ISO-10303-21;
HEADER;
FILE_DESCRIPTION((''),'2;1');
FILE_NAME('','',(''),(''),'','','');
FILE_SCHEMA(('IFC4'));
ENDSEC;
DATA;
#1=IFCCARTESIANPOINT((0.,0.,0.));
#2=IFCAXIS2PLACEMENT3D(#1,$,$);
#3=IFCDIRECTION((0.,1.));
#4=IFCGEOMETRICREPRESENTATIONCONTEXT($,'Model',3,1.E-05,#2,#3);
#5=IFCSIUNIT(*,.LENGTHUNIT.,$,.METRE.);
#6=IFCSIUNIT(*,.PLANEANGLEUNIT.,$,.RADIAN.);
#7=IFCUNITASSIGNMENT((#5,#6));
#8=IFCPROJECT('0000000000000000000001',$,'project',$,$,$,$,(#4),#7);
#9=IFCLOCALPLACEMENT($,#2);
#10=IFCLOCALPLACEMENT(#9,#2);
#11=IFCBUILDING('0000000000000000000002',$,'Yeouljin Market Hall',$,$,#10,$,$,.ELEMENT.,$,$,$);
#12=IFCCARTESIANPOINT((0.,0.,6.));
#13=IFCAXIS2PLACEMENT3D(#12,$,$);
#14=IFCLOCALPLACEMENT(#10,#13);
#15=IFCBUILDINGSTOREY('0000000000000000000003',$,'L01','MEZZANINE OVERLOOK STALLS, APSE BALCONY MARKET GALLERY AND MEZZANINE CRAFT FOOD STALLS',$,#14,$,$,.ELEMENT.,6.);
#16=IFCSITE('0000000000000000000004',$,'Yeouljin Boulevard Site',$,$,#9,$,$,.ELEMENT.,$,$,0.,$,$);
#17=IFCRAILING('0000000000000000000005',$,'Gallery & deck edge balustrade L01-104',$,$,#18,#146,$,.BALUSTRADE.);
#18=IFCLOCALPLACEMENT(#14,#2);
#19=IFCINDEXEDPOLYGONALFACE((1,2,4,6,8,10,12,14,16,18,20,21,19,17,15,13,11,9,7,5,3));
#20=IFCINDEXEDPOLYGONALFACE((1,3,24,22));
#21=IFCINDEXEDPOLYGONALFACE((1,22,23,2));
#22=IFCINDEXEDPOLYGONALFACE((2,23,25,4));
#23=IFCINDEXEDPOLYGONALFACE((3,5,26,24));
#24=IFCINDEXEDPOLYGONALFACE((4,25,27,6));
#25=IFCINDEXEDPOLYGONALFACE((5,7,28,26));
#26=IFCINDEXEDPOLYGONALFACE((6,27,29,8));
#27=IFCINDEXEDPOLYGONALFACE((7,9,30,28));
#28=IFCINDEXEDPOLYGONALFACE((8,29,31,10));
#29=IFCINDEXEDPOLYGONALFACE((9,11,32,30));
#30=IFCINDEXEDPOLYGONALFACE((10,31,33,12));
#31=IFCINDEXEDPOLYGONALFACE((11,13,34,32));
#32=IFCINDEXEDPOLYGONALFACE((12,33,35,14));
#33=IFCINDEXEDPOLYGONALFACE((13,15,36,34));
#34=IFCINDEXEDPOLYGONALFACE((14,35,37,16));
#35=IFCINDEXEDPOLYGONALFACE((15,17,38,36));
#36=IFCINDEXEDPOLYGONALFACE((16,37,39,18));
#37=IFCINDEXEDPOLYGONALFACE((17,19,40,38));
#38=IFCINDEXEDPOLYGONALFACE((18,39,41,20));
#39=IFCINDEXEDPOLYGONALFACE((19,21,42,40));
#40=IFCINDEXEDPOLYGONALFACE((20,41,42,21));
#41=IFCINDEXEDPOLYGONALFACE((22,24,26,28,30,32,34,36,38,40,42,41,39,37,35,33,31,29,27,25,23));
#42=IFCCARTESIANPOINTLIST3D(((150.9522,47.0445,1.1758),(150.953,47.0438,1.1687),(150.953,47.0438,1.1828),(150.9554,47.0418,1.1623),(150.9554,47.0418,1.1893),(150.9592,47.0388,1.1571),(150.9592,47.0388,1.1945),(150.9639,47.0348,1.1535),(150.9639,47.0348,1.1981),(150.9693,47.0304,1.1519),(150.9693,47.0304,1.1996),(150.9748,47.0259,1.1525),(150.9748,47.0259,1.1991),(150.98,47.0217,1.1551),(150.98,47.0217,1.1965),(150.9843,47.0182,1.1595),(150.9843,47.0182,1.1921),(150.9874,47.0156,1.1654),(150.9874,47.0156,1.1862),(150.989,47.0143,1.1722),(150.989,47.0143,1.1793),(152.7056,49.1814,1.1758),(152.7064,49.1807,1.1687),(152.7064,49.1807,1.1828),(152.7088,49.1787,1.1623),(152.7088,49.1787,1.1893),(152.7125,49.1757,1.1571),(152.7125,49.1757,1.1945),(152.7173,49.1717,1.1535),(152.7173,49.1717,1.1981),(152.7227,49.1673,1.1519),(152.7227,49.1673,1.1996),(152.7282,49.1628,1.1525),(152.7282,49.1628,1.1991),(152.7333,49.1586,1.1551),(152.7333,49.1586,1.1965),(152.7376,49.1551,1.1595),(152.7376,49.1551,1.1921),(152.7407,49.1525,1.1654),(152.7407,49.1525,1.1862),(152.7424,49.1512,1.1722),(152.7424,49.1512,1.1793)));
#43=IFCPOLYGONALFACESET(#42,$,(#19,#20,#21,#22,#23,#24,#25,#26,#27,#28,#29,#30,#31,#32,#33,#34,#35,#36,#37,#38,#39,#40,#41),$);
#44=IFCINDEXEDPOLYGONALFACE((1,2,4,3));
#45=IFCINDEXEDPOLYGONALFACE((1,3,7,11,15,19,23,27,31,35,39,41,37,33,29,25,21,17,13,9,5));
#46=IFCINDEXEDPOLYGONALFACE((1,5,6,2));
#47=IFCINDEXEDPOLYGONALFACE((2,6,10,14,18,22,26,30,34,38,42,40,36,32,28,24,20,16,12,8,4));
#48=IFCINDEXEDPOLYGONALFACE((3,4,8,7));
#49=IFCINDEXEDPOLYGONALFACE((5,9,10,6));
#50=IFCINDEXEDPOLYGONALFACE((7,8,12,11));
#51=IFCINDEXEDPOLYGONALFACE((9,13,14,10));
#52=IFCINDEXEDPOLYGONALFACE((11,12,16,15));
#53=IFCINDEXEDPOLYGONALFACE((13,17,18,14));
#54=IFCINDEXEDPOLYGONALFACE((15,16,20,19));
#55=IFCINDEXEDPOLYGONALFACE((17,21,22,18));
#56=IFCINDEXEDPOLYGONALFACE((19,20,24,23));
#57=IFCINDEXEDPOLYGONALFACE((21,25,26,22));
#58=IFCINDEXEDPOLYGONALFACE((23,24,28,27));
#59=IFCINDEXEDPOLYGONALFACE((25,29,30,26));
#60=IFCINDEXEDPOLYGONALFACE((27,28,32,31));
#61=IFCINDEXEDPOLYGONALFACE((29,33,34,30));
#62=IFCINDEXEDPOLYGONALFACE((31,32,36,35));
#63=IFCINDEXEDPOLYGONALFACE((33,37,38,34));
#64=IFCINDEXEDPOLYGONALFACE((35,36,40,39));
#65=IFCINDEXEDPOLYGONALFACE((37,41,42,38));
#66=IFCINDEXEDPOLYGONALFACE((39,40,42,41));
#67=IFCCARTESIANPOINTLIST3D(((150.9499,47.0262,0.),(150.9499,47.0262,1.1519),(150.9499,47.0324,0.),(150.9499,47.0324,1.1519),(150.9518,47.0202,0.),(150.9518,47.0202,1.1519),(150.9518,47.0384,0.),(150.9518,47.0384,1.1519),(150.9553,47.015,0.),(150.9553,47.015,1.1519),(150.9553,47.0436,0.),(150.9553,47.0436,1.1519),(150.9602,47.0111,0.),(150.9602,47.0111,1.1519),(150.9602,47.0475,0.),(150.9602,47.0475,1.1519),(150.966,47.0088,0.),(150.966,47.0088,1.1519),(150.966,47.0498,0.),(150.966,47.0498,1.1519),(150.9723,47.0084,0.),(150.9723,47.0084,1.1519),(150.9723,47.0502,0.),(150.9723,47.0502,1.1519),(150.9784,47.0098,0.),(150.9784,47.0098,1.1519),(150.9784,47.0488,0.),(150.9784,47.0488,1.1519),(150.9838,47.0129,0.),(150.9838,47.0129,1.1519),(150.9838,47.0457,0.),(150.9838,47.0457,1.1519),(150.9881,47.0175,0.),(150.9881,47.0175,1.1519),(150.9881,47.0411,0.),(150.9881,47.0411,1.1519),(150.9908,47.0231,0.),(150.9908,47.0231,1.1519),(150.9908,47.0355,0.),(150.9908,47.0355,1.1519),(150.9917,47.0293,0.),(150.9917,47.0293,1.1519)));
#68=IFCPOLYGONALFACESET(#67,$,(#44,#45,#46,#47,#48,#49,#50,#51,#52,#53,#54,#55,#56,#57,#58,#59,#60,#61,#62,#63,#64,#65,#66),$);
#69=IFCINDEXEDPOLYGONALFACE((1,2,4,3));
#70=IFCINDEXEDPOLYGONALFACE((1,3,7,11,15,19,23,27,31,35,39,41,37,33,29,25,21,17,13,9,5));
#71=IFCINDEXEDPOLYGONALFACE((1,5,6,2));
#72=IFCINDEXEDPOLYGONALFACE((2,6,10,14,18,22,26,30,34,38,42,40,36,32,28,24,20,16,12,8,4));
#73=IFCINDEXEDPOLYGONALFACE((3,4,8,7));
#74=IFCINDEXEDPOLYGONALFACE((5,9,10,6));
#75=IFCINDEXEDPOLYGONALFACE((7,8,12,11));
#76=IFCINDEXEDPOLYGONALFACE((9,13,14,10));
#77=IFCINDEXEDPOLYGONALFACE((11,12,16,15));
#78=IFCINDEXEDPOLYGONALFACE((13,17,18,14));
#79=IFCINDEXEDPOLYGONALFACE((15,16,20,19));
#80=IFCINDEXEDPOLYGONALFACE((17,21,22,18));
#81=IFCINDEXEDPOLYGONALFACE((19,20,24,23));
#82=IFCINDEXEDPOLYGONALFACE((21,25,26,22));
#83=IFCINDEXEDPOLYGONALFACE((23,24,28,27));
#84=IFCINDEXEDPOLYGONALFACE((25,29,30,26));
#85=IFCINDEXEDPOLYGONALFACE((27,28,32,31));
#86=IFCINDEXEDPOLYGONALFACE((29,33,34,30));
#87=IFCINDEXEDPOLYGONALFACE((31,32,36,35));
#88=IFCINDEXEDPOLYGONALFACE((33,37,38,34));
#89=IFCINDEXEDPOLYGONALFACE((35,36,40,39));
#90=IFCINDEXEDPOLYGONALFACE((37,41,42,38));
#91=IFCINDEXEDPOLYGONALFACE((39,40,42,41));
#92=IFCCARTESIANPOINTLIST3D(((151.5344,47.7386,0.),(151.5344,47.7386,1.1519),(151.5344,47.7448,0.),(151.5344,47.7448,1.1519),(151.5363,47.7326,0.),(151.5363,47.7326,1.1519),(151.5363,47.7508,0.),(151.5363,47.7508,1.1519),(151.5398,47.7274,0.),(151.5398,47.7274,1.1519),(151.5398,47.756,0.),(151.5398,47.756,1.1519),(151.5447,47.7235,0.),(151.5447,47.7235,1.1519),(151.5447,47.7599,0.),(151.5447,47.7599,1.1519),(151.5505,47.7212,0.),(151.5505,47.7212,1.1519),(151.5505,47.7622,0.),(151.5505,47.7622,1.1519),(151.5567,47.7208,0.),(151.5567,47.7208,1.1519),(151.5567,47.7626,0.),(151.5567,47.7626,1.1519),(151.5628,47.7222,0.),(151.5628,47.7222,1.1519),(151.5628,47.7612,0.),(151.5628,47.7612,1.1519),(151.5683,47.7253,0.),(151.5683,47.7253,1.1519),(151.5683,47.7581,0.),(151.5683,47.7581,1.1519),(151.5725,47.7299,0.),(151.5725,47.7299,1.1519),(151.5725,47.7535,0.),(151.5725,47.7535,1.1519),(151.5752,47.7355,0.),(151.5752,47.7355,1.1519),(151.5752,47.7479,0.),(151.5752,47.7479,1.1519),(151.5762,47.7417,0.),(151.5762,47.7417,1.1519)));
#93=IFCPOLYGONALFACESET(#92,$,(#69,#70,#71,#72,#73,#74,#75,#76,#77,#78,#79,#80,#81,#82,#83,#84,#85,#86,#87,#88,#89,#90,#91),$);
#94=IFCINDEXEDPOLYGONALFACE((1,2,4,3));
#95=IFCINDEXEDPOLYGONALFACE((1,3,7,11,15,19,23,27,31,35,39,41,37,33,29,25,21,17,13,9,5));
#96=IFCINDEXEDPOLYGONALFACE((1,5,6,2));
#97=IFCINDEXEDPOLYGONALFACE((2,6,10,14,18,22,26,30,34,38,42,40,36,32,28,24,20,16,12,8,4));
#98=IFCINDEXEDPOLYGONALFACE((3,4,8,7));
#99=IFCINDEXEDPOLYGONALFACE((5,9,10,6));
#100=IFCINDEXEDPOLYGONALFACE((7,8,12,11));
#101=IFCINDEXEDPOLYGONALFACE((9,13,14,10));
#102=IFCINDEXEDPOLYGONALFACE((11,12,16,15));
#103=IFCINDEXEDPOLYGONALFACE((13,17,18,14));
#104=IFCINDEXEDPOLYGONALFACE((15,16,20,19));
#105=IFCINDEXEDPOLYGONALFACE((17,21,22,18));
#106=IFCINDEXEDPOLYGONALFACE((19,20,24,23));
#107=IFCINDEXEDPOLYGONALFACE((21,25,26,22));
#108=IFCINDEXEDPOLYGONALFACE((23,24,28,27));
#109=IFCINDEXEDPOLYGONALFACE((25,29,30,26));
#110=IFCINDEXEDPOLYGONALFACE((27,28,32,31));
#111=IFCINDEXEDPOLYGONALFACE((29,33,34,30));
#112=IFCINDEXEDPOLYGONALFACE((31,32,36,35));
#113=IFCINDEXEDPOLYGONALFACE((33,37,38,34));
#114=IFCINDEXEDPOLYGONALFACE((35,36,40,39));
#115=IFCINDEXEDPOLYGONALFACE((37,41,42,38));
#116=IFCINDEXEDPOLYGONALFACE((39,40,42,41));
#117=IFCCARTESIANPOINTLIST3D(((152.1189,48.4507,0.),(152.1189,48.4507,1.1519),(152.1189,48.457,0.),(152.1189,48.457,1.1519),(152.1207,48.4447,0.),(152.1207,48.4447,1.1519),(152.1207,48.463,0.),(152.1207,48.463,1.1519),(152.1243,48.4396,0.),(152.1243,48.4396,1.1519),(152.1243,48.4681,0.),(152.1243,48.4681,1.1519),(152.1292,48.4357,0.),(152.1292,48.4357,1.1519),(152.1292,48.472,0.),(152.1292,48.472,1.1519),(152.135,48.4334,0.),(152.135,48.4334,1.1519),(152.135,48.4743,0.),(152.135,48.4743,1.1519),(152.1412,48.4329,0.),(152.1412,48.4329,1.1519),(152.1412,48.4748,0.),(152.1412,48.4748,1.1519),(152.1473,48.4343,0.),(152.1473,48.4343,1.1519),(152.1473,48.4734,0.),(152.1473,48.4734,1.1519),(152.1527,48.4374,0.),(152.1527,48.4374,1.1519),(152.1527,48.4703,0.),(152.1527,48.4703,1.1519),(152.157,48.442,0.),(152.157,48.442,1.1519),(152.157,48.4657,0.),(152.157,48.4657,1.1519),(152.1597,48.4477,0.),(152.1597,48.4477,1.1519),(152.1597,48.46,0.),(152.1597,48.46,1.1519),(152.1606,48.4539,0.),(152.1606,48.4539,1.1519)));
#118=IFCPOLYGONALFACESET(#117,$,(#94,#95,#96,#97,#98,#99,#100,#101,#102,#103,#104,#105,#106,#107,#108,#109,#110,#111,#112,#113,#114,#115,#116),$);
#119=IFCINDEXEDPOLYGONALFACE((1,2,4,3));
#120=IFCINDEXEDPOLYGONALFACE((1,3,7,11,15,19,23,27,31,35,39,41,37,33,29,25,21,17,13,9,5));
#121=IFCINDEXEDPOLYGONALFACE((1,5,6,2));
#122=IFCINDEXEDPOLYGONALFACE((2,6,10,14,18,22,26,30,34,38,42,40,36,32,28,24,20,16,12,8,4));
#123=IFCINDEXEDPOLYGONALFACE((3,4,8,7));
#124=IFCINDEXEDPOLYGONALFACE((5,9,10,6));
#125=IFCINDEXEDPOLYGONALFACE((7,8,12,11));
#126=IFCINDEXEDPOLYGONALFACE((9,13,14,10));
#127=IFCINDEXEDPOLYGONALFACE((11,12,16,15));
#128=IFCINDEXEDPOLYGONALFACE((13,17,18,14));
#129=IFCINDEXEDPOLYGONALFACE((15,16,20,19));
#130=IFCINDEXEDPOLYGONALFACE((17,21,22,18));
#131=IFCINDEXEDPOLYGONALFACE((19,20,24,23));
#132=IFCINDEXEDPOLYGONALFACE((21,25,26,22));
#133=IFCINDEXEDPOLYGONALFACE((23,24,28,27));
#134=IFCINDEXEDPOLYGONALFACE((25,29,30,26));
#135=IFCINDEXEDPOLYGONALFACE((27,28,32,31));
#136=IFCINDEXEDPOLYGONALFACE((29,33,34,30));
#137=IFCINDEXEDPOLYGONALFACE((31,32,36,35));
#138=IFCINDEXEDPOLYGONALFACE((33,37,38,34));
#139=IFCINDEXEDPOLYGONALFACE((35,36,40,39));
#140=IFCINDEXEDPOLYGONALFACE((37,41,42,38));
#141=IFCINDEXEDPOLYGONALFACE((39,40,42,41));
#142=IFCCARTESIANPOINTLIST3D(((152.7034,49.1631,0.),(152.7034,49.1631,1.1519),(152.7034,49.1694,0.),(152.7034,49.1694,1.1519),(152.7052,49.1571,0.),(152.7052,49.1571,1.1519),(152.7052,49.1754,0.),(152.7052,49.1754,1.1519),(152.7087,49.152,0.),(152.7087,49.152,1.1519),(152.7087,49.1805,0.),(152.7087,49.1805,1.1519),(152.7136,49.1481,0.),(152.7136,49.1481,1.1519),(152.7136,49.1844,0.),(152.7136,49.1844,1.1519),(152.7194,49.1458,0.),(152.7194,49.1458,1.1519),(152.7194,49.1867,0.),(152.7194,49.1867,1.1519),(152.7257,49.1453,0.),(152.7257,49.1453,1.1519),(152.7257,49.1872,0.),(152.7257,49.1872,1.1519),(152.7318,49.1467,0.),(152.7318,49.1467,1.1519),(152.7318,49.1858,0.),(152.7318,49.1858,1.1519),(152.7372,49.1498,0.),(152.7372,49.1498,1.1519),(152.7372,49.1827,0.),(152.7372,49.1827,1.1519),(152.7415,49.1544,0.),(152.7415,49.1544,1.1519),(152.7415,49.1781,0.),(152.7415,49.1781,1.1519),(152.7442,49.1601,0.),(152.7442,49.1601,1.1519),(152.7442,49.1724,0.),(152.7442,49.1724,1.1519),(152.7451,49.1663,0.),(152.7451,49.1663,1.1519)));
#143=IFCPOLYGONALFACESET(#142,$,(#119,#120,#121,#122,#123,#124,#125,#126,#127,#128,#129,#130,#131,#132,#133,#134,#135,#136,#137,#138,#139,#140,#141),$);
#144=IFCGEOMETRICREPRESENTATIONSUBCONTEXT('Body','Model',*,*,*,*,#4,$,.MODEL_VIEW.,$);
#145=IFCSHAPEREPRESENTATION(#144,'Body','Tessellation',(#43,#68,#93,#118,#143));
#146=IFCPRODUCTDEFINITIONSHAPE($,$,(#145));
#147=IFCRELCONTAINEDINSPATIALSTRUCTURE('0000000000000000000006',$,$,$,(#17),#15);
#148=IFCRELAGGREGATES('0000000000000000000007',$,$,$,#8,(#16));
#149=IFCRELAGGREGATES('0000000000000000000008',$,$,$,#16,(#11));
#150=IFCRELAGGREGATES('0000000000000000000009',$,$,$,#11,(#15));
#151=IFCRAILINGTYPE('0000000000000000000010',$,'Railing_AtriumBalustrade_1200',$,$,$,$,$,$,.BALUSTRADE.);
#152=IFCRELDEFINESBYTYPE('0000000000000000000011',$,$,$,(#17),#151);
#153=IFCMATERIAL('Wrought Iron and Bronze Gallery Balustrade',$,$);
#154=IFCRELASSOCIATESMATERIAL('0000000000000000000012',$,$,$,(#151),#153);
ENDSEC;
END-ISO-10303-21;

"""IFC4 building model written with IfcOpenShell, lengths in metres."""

from ifc_helpers import new_model, si_unit, direction, frame, origin, origin_2d, place, context, subcontext, project, spatial, circle, extrude, material, type_object, element, save


model = new_model("IFC4")

# Units and contexts
model_context = context("Model", 3, precision=1e-05, world=origin(), true_north=direction((0.0, 1.0)))
body_context = subcontext(model_context, "Body", "Model", "MODEL_VIEW")
ifc_project = project(units=[si_unit("LENGTHUNIT", "METRE"), si_unit("PLANEANGLEUNIT", "RADIAN")], contexts=[model_context])

# Site, building, storey
site_placement = place(None, origin())
site = spatial("IfcSite", under=ifc_project, at=site_placement, Name="Yeouljin Boulevard Site", CompositionType="ELEMENT", RefElevation=0.0)
building_placement = place(site_placement, origin())
building = spatial("IfcBuilding", under=site, at=building_placement, Name="Yeouljin Market Hall", CompositionType="ELEMENT")
storey_placement = place(building_placement, frame((0.0, 0.0, 6.0)))
storey = spatial("IfcBuildingStorey", under=building, at=storey_placement, Name="L01", Description="MEZZANINE OVERLOOK STALLS, APSE BALCONY MARKET GALLERY AND MEZZANINE CRAFT FOOD STALLS", CompositionType="ELEMENT", Elevation=6.0)

# Railing
ifc_material_1 = material(Name="Wrought Iron and Bronze Gallery Balustrade")
railing_type = type_object("IfcRailingType", Name="Railing_AtriumBalustrade_1200", PredefinedType="BALUSTRADE", material=ifc_material_1)
railing_1_placement = place(storey_placement, frame((150.9707, 47.0293, 0.0)))
element("IfcRailing", 1, at=railing_1_placement, inside=storey, type_object=railing_type, Name="Gallery & deck edge balustrade L01-104", PredefinedType="BALUSTRADE", context=body_context, shape_type="SweptSolid", body=[
    extrude(circle(Radius=0.0239, at=origin_2d()), frame((0.0, 0.0, 1.1758), z_axis=(0.634319, 0.773071, 0.0), x_axis=(-0.773071, 0.634319, 0.0)), (0.0, 0.0, 1.0), 2.7642),
    extrude(circle(Radius=0.021, at=origin_2d()), origin(), (0.0, 0.0, 1.0), 1.1519),
    extrude(circle(Radius=0.021, at=origin_2d()), frame((0.5845, 0.7124, 0.0)), (0.0, 0.0, 1.0), 1.1519),
    extrude(circle(Radius=0.021, at=origin_2d()), frame((1.1689, 1.4246, 0.0)), (0.0, 0.0, 1.0), 1.1519),
    extrude(circle(Radius=0.021, at=origin_2d()), frame((1.7534, 2.137, 0.0)), (0.0, 0.0, 1.0), 1.1519),
])

save(model, "model.ifc")
